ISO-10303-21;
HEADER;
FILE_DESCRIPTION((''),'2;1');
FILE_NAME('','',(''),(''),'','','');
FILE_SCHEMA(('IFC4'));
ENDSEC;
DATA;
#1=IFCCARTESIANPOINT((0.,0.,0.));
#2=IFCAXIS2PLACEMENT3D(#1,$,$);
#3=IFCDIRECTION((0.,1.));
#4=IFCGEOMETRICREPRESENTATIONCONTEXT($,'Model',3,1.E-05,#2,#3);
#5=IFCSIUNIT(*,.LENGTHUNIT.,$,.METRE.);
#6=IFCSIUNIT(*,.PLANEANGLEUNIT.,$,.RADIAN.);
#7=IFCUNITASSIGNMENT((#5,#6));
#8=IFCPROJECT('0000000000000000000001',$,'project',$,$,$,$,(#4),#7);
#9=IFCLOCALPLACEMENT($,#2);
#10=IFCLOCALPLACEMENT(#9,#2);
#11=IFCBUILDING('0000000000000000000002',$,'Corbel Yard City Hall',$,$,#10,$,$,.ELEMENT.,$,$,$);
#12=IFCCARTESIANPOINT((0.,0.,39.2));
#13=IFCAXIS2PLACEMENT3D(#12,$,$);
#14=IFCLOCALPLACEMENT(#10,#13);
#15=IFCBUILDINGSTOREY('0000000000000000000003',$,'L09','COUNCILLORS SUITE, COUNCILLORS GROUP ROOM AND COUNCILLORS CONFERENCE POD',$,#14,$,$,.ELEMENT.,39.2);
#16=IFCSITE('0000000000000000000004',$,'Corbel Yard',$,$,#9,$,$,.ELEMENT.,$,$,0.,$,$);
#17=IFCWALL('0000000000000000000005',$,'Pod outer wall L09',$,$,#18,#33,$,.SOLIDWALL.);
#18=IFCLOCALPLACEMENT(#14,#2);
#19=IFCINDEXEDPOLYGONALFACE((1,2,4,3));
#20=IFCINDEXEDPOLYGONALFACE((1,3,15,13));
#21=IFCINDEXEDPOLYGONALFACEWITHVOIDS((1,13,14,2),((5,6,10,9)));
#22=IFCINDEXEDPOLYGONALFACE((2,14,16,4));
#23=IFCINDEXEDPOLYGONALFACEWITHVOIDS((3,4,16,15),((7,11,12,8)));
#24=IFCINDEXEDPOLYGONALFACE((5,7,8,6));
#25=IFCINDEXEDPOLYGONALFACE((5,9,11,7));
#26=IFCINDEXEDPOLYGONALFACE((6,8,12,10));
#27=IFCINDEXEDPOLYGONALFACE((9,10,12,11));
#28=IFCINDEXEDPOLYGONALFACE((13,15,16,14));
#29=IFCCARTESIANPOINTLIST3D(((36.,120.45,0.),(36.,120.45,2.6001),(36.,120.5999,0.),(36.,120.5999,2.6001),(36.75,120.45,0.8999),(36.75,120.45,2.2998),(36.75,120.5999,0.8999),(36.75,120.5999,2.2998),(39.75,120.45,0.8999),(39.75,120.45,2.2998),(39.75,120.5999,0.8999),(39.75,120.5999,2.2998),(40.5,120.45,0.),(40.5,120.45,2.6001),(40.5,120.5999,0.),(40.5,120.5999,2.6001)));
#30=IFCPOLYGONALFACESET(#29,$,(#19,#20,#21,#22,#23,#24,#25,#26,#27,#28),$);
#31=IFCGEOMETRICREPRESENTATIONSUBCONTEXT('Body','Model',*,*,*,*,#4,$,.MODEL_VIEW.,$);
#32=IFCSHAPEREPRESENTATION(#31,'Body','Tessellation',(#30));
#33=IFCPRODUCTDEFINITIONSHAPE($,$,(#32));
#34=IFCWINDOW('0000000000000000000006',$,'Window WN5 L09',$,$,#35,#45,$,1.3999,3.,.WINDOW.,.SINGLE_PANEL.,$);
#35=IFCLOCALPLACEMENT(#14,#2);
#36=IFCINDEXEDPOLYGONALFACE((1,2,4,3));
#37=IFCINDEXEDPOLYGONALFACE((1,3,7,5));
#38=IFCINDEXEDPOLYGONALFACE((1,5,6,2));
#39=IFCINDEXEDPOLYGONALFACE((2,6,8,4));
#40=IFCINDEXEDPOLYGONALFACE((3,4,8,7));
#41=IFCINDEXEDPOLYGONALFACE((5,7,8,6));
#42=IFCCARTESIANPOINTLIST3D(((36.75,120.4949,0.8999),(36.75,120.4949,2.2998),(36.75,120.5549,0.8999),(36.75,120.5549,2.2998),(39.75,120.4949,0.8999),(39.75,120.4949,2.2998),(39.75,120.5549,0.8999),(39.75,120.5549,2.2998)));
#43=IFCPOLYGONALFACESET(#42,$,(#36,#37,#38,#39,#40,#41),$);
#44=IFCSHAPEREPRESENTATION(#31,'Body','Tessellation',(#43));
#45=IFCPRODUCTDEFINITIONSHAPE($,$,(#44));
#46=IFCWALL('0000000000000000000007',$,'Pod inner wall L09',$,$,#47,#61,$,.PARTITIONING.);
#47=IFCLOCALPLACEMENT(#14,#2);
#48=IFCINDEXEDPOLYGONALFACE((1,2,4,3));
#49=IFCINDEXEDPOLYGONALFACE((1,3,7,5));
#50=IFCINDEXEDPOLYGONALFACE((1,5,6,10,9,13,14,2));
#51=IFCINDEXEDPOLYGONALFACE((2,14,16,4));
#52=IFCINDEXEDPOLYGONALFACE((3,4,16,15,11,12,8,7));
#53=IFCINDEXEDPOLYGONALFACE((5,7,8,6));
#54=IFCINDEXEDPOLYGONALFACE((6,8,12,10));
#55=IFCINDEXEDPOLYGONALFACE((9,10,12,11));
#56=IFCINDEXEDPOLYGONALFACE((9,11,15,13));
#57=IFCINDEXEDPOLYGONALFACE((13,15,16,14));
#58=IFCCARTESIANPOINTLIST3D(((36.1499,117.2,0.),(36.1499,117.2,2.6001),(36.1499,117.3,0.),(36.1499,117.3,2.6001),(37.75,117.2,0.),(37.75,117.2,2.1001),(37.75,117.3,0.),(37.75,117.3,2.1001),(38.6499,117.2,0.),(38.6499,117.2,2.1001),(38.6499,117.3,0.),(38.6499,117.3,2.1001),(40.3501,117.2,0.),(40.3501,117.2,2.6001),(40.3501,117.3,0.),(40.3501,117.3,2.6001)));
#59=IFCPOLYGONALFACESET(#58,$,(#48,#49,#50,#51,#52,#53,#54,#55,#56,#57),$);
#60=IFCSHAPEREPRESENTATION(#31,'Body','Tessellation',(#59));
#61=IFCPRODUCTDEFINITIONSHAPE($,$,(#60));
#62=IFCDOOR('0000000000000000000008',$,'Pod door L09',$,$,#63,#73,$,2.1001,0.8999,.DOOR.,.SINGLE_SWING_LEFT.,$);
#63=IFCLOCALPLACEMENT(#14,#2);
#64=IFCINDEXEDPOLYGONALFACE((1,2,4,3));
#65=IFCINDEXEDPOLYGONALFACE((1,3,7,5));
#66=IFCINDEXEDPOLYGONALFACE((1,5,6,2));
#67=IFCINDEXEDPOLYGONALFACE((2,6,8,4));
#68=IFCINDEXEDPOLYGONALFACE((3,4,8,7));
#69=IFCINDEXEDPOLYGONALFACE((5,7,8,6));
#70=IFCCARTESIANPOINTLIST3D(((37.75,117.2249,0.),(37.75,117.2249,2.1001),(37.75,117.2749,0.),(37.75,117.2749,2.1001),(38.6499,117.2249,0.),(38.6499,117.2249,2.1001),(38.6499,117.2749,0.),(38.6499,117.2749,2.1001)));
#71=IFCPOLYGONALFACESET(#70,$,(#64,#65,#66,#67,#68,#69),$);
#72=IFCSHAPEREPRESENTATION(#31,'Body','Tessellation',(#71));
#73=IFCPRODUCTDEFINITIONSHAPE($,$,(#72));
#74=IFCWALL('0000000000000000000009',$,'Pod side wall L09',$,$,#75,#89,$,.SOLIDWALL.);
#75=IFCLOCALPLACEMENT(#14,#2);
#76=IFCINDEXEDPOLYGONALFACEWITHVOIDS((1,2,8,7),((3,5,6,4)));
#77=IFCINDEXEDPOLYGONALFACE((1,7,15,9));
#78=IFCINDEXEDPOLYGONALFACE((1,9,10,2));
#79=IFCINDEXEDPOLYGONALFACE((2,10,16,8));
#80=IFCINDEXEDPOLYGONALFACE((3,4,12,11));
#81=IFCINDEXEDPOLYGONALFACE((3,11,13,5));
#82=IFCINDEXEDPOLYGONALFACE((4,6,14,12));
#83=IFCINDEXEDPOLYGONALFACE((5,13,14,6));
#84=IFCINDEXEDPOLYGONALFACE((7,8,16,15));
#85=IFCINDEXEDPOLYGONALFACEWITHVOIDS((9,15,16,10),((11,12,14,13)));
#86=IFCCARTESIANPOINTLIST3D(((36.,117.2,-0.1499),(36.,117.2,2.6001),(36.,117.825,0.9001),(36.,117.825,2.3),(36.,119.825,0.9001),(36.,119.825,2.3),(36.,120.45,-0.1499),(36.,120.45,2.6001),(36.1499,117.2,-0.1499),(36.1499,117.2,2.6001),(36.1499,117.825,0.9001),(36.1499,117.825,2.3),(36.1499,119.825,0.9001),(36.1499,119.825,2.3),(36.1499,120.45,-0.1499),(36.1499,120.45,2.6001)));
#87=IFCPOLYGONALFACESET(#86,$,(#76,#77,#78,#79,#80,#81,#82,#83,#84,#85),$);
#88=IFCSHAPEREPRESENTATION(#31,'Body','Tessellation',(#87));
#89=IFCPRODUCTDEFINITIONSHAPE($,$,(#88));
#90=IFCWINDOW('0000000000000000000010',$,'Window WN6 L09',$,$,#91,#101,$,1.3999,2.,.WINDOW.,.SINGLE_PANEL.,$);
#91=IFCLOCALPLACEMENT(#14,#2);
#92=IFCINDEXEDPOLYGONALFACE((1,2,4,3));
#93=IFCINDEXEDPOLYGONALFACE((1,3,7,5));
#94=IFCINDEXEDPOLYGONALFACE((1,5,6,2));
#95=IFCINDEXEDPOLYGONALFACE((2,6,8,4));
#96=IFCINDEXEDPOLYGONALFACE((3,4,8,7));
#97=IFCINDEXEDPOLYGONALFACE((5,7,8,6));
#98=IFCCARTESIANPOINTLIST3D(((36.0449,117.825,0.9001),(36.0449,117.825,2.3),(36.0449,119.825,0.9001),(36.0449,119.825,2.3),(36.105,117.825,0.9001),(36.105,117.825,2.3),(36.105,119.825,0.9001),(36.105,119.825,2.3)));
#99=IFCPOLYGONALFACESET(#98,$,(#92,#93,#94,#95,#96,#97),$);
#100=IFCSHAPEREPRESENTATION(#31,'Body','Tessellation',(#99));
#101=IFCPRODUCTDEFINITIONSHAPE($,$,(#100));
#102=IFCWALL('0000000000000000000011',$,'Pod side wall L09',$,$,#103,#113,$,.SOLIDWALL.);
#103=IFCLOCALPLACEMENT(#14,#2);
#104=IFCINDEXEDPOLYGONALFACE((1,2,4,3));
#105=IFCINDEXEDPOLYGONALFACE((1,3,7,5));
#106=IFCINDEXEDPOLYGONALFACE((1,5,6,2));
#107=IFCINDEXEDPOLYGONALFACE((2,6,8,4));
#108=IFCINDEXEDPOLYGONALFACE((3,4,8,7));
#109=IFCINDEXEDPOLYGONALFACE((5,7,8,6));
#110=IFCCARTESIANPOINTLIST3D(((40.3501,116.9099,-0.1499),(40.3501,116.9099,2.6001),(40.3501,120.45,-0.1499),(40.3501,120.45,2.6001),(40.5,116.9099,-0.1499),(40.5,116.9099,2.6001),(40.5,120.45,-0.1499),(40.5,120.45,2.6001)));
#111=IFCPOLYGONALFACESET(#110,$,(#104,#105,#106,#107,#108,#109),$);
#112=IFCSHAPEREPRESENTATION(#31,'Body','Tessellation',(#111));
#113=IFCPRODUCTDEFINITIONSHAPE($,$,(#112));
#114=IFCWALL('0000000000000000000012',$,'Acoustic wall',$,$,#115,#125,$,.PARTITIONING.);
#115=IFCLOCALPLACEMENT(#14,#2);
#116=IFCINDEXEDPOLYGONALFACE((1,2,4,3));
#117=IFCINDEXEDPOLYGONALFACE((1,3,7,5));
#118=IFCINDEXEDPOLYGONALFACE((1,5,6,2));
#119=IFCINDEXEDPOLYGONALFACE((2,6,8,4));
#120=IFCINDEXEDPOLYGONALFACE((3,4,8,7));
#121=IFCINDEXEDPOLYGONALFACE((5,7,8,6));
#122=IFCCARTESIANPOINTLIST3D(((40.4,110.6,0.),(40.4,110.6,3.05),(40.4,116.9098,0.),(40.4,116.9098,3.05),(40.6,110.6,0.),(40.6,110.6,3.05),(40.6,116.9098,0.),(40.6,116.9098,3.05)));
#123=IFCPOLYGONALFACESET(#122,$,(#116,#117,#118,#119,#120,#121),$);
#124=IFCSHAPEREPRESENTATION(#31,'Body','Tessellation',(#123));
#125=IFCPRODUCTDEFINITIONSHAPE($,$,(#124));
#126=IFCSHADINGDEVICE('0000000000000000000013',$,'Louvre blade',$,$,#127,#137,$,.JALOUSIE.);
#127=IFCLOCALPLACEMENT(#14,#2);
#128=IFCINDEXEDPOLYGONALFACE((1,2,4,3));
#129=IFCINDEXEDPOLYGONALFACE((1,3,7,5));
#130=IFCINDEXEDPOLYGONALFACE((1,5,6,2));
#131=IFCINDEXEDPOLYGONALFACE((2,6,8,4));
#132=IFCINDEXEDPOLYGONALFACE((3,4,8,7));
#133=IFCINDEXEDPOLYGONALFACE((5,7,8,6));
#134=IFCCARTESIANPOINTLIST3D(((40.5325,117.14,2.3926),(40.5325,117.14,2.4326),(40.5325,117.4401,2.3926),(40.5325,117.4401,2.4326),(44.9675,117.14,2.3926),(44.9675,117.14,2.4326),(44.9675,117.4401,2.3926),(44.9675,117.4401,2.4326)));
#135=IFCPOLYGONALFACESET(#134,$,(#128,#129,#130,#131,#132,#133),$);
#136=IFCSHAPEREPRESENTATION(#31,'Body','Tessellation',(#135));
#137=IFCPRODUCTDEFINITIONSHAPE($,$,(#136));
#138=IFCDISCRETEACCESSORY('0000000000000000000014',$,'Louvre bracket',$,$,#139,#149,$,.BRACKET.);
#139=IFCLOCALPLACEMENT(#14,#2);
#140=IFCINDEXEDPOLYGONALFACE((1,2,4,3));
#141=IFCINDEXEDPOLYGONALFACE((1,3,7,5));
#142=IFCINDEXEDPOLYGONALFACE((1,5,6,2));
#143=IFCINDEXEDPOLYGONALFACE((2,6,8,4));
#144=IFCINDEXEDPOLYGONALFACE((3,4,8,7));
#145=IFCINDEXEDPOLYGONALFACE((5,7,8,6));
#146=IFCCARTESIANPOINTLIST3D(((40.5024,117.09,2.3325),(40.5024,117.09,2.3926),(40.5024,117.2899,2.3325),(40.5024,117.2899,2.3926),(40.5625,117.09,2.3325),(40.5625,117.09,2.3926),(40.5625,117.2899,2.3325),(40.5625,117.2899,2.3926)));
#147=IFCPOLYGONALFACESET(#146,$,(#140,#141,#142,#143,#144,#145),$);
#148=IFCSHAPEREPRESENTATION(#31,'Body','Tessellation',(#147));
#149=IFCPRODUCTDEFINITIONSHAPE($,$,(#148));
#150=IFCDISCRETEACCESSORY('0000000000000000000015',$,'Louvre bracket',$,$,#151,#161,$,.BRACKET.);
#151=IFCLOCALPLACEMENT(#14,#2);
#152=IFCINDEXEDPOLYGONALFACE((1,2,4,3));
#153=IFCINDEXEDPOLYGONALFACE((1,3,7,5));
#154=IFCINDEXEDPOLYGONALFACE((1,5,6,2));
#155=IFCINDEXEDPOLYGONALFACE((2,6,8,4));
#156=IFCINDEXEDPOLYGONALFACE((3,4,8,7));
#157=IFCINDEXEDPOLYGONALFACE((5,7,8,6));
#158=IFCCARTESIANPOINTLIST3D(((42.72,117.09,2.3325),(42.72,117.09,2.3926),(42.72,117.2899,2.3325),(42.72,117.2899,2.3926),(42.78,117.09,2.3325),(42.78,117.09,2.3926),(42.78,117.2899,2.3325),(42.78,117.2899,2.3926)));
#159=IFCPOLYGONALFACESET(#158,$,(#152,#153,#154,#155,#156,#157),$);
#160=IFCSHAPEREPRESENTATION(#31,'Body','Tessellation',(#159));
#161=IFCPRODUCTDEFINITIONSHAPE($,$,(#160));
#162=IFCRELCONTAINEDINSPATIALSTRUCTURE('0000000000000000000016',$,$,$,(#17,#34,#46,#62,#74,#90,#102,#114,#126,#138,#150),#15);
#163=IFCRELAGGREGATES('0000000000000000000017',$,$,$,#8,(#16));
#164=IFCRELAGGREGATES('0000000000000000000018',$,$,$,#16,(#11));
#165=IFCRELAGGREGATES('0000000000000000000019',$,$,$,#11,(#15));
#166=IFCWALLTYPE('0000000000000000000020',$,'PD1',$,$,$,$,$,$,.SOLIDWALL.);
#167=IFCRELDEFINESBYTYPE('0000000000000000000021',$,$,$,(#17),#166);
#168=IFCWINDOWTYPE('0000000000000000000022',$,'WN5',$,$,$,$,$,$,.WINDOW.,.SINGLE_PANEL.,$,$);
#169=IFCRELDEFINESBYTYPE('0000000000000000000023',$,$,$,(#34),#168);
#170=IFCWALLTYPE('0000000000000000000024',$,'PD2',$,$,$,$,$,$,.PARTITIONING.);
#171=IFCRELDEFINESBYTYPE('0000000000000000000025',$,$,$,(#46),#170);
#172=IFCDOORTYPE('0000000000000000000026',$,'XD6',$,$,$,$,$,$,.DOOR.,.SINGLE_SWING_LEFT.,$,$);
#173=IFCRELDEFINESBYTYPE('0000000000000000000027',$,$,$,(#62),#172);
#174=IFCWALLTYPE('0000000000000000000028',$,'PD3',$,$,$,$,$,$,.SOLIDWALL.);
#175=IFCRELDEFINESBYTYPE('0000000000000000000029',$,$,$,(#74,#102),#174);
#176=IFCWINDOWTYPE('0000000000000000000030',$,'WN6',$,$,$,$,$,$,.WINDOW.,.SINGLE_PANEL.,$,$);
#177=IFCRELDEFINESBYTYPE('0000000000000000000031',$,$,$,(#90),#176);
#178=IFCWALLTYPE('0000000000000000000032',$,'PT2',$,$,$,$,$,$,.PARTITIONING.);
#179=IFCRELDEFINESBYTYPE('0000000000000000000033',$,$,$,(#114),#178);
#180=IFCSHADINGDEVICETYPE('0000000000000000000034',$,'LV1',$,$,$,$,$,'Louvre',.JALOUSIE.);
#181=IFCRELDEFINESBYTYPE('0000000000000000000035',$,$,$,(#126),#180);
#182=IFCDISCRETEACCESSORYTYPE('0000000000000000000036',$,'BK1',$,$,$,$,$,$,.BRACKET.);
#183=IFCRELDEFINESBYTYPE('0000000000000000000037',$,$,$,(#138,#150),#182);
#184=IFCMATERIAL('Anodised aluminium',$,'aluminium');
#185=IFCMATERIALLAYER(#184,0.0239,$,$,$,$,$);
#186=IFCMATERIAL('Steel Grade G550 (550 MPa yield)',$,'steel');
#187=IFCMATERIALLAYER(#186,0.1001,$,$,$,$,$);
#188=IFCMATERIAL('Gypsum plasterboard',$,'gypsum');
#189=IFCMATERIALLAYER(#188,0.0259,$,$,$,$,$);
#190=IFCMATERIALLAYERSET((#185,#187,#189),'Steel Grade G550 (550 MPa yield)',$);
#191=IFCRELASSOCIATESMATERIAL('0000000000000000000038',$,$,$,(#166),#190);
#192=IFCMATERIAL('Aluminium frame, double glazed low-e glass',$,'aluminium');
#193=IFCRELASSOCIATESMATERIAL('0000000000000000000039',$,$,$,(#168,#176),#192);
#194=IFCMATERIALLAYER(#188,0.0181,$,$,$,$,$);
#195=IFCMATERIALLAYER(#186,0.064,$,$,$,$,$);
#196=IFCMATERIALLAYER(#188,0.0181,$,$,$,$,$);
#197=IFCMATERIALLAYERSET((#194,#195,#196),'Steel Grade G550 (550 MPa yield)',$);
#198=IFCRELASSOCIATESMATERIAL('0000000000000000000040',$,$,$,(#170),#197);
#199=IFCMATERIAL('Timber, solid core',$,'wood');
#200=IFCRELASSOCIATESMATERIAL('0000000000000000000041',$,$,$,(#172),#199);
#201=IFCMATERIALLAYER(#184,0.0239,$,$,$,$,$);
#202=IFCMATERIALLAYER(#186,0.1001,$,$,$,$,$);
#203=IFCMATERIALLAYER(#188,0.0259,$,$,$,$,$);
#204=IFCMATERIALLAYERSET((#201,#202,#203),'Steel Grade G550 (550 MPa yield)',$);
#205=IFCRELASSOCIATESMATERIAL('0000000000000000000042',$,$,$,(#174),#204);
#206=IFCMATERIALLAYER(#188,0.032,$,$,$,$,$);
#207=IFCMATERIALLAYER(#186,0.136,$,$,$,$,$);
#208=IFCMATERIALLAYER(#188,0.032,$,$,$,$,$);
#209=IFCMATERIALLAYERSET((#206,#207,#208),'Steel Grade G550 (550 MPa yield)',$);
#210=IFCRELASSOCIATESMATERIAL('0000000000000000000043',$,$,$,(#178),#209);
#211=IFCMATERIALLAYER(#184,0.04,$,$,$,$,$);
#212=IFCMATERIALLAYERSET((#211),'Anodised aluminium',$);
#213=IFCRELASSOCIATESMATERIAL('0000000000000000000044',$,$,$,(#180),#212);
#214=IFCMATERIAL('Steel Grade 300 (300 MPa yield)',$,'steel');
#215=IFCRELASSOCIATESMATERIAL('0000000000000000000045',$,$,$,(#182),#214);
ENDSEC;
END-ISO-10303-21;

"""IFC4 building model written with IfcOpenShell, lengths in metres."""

from ifc_helpers import new_model, si_unit, direction, frame, frame_2d, origin, origin_2d, place, context, subcontext, project, spatial, rectangle, extrude, material, layer, layer_set, type_object, element, fill, save


model = new_model("IFC4")

# Units and contexts
model_context = context("Model", 3, precision=1e-05, world=origin(), true_north=direction((0.0, 1.0)))
body_context = subcontext(model_context, "Body", "Model", "MODEL_VIEW")
ifc_project = project(units=[si_unit("LENGTHUNIT", "METRE"), si_unit("PLANEANGLEUNIT", "RADIAN")], contexts=[model_context])

# Site, building, storey
site_placement = place(None, origin())
site = spatial("IfcSite", under=ifc_project, at=site_placement, Name="Corbel Yard", CompositionType="ELEMENT", RefElevation=0.0)
building_placement = place(site_placement, origin())
building = spatial("IfcBuilding", under=site, at=building_placement, Name="Corbel Yard City Hall", CompositionType="ELEMENT")
storey_placement = place(building_placement, frame((0.0, 0.0, 39.2)))
storey = spatial("IfcBuildingStorey", under=building, at=storey_placement, Name="L09", Description="COUNCILLORS SUITE, COUNCILLORS GROUP ROOM AND COUNCILLORS CONFERENCE POD", CompositionType="ELEMENT", Elevation=39.2)

# Shared definitions
ifc_material_1 = material(Name="Steel Grade 300 (300 MPa yield)", Category="steel")

# Wall, opening, window
ifc_material_2 = material(Name="Anodised aluminium", Category="aluminium")
ifc_layer_1 = layer(ifc_material_2, 0.0239)
ifc_material_3 = material(Name="Steel Grade G550 (550 MPa yield)", Category="steel")
ifc_layer_2 = layer(ifc_material_3, 0.1001)
ifc_material_4 = material(Name="Gypsum plasterboard", Category="gypsum")
ifc_layer_3 = layer(ifc_material_4, 0.0259)
ifc_layer_set_1 = layer_set([ifc_layer_1, ifc_layer_2, ifc_layer_3], Name="Steel Grade G550 (550 MPa yield)")
wall_type_1 = type_object("IfcWallType", Name="PD1", PredefinedType="SOLIDWALL", material=ifc_layer_set_1)
wall_1_placement = place(storey_placement, frame((36.0, 120.5249, 0.0), z_axis=(0.0, 0.0, 1.0), x_axis=(1.0, 0.0, 0.0)))
wall_1 = element("IfcWall", 1, at=wall_1_placement, inside=storey, type_object=wall_type_1, Name="Pod outer wall L09", PredefinedType="SOLIDWALL", context=body_context, shape_type="SweptSolid", body=[
    extrude(rectangle(XDim=4.5, YDim=0.1499, at=frame_2d((2.25, 0.0))), origin(), (0.0, 0.0, 1.0), 2.6001),
])
opening_1_placement = place(wall_1_placement, frame((0.75, 0.0, 0.8999)))
opening_1 = element("IfcOpeningElement", 2, at=opening_1_placement, cuts=wall_1, PredefinedType="OPENING", context=body_context, shape_type="SweptSolid", body=[
    extrude(rectangle(XDim=3.0, YDim=1.3999, at=frame_2d((1.5, 0.7))), frame((0.0, 0.085, 0.0), z_axis=(0.0, -1.0, 0.0), x_axis=(1.0, 0.0, 0.0)), (0.0, 0.0, 1.0), 0.1699),
])
ifc_material_5 = material(Name="Aluminium frame, double glazed low-e glass", Category="aluminium")
window_type_1 = type_object("IfcWindowType", Name="WN5", PartitioningType="SINGLE_PANEL", PredefinedType="WINDOW", material=ifc_material_5)
window_1_placement = place(opening_1_placement, origin())
window_1 = element("IfcWindow", 3, at=window_1_placement, inside=storey, type_object=window_type_1, Name="Window WN5 L09", OverallHeight=1.3999, OverallWidth=3.0, PartitioningType="SINGLE_PANEL", PredefinedType="WINDOW", context=body_context, shape_type="SweptSolid", body=[
    extrude(rectangle(XDim=3.0, YDim=1.3999, at=frame_2d((1.5, 0.7))), frame((0.0, 0.03, 0.0), z_axis=(0.0, -1.0, 0.0), x_axis=(1.0, 0.0, 0.0)), (0.0, 0.0, 1.0), 0.0601),
])
fill(opening_1, window_1)

# Wall, opening, door
ifc_layer_4 = layer(ifc_material_4, 0.0181)
ifc_layer_5 = layer(ifc_material_3, 0.064)
ifc_layer_6 = layer(ifc_material_4, 0.0181)
ifc_layer_set_2 = layer_set([ifc_layer_4, ifc_layer_5, ifc_layer_6], Name="Steel Grade G550 (550 MPa yield)")
wall_type_2 = type_object("IfcWallType", Name="PD2", PredefinedType="PARTITIONING", material=ifc_layer_set_2)
wall_2_placement = place(storey_placement, frame((36.1499, 117.25, 0.0), z_axis=(0.0, 0.0, 1.0), x_axis=(1.0, 0.0, 0.0)))
wall_2 = element("IfcWall", 4, at=wall_2_placement, inside=storey, type_object=wall_type_2, Name="Pod inner wall L09", PredefinedType="PARTITIONING", context=body_context, shape_type="SweptSolid", body=[
    extrude(rectangle(XDim=4.2002, YDim=0.1001, at=frame_2d((2.1001, 0.0))), origin(), (0.0, 0.0, 1.0), 2.6001),
])
opening_2_placement = place(wall_2_placement, frame((1.6001, 0.0, 0.0)))
opening_2 = element("IfcOpeningElement", 5, at=opening_2_placement, cuts=wall_2, PredefinedType="OPENING", context=body_context, shape_type="SweptSolid", body=[
    extrude(rectangle(XDim=0.8999, YDim=2.1001, at=frame_2d((0.45, 1.05))), frame((0.0, 0.0601, 0.0), z_axis=(0.0, -1.0, 0.0), x_axis=(1.0, 0.0, 0.0)), (0.0, 0.0, 1.0), 0.1201),
])
ifc_material_6 = material(Name="Timber, solid core", Category="wood")
door_type = type_object("IfcDoorType", Name="XD6", OperationType="SINGLE_SWING_LEFT", PredefinedType="DOOR", material=ifc_material_6)
door_placement = place(opening_2_placement, origin())
door = element("IfcDoor", 6, at=door_placement, inside=storey, type_object=door_type, Name="Pod door L09", OperationType="SINGLE_SWING_LEFT", OverallHeight=2.1001, OverallWidth=0.8999, PredefinedType="DOOR", context=body_context, shape_type="SweptSolid", body=[
    extrude(rectangle(XDim=0.8999, YDim=2.1001, at=frame_2d((0.45, 1.05))), frame((0.0, 0.0249, 0.0), z_axis=(0.0, -1.0, 0.0), x_axis=(1.0, 0.0, 0.0)), (0.0, 0.0, 1.0), 0.05),
])
fill(opening_2, door)

# Wall, opening, window
ifc_layer_7 = layer(ifc_material_2, 0.0239)
ifc_layer_8 = layer(ifc_material_3, 0.1001)
ifc_layer_9 = layer(ifc_material_4, 0.0259)
ifc_layer_set_3 = layer_set([ifc_layer_7, ifc_layer_8, ifc_layer_9], Name="Steel Grade G550 (550 MPa yield)")
wall_type_3 = type_object("IfcWallType", Name="PD3", PredefinedType="SOLIDWALL", material=ifc_layer_set_3)
wall_3_placement = place(storey_placement, frame((36.075, 120.45, -0.1499), z_axis=(0.0, 0.0, 1.0), x_axis=(0.0, -1.0, 0.0)))
wall_3 = element("IfcWall", 7, at=wall_3_placement, inside=storey, type_object=wall_type_3, Name="Pod side wall L09", PredefinedType="SOLIDWALL", context=body_context, shape_type="SweptSolid", body=[
    extrude(rectangle(XDim=3.25, YDim=0.1499, at=frame_2d((1.625, 0.0))), origin(), (0.0, 0.0, 1.0), 2.75),
])
opening_3_placement = place(wall_3_placement, frame((0.625, 0.0, 1.05)))
opening_3 = element("IfcOpeningElement", 8, at=opening_3_placement, cuts=wall_3, PredefinedType="OPENING", context=body_context, shape_type="SweptSolid", body=[
    extrude(rectangle(XDim=2.0, YDim=1.3999, at=frame_2d((1.0, 0.7))), frame((0.0, 0.085, 0.0), z_axis=(0.0, -1.0, 0.0), x_axis=(1.0, 0.0, 0.0)), (0.0, 0.0, 1.0), 0.1699),
])
window_type_2 = type_object("IfcWindowType", Name="WN6", PartitioningType="SINGLE_PANEL", PredefinedType="WINDOW", material=ifc_material_5)
window_2_placement = place(opening_3_placement, origin())
window_2 = element("IfcWindow", 9, at=window_2_placement, inside=storey, type_object=window_type_2, Name="Window WN6 L09", OverallHeight=1.3999, OverallWidth=2.0, PartitioningType="SINGLE_PANEL", PredefinedType="WINDOW", context=body_context, shape_type="SweptSolid", body=[
    extrude(rectangle(XDim=2.0, YDim=1.3999, at=frame_2d((1.0, 0.7))), frame((0.0, 0.03, 0.0), z_axis=(0.0, -1.0, 0.0), x_axis=(1.0, 0.0, 0.0)), (0.0, 0.0, 1.0), 0.0601),
])
fill(opening_3, window_2)

# Walls
wall_4_placement = place(storey_placement, frame((40.425, 120.45, -0.1499), z_axis=(0.0, 0.0, 1.0), x_axis=(0.0, -1.0, 0.0)))
element("IfcWall", 10, at=wall_4_placement, inside=storey, type_object=wall_type_3, Name="Pod side wall L09", PredefinedType="SOLIDWALL", context=body_context, shape_type="SweptSolid", body=[
    extrude(rectangle(XDim=3.54, YDim=0.1499, at=frame_2d((1.77, 0.0))), origin(), (0.0, 0.0, 1.0), 2.75),
])
ifc_layer_10 = layer(ifc_material_4, 0.032)
ifc_layer_11 = layer(ifc_material_3, 0.136)
ifc_layer_12 = layer(ifc_material_4, 0.032)
ifc_layer_set_4 = layer_set([ifc_layer_10, ifc_layer_11, ifc_layer_12], Name="Steel Grade G550 (550 MPa yield)")
wall_type_4 = type_object("IfcWallType", Name="PT2", PredefinedType="PARTITIONING", material=ifc_layer_set_4)
wall_5_placement = place(storey_placement, frame((40.5, 110.6001, 0.0), z_axis=(0.0, 0.0, 1.0), x_axis=(0.0, 1.0, 0.0)))
element("IfcWall", 11, at=wall_5_placement, inside=storey, type_object=wall_type_4, Name="Acoustic wall", PredefinedType="PARTITIONING", context=body_context, shape_type="SweptSolid", body=[
    extrude(rectangle(XDim=6.3098, YDim=0.2, at=frame_2d((3.1548, 0.0))), origin(), (0.0, 0.0, 1.0), 3.05),
])

# Shading device
ifc_layer_13 = layer(ifc_material_2, 0.04)
ifc_layer_set_5 = layer_set([ifc_layer_13], Name="Anodised aluminium")
shading_device_type = type_object("IfcShadingDeviceType", Name="LV1", ElementType="Louvre", PredefinedType="JALOUSIE", material=ifc_layer_set_5)
shading_device_placement = place(storey_placement, frame((42.75, 117.29, 2.3926), z_axis=(0.0, 0.0, 1.0), x_axis=(1.0, 0.0, 0.0)))
element("IfcShadingDevice", 12, at=shading_device_placement, inside=storey, type_object=shading_device_type, Name="Louvre blade", PredefinedType="JALOUSIE", context=body_context, shape_type="SweptSolid", body=[
    extrude(rectangle(XDim=4.4351, YDim=0.3, at=origin_2d()), origin(), (0.0, 0.0, 1.0), 0.04),
])

# Discrete accessories
discrete_accessory_type = type_object("IfcDiscreteAccessoryType", Name="BK1", PredefinedType="BRACKET", material=ifc_material_1)
for number, where, z_axis, x_axis, name in (
    (13, (40.5325, 117.1899, 2.3325), (0.0, 0.0, 1.0), (1.0, 0.0, 0.0), "Louvre bracket"),
    (14, (42.75, 117.1899, 2.3325), (0.0, 0.0, 1.0), (1.0, 0.0, 0.0), "Louvre bracket"),
):
    element("IfcDiscreteAccessory", number, at=place(storey_placement, frame(where, z_axis=z_axis, x_axis=x_axis)), inside=storey, type_object=discrete_accessory_type, Name=name, PredefinedType="BRACKET", context=body_context, shape_type="SweptSolid", body=[
        extrude(rectangle(XDim=0.0601, YDim=0.2, at=origin_2d()), origin(), (0.0, 0.0, 1.0), 0.0601),
    ])

save(model, "model.ifc")
